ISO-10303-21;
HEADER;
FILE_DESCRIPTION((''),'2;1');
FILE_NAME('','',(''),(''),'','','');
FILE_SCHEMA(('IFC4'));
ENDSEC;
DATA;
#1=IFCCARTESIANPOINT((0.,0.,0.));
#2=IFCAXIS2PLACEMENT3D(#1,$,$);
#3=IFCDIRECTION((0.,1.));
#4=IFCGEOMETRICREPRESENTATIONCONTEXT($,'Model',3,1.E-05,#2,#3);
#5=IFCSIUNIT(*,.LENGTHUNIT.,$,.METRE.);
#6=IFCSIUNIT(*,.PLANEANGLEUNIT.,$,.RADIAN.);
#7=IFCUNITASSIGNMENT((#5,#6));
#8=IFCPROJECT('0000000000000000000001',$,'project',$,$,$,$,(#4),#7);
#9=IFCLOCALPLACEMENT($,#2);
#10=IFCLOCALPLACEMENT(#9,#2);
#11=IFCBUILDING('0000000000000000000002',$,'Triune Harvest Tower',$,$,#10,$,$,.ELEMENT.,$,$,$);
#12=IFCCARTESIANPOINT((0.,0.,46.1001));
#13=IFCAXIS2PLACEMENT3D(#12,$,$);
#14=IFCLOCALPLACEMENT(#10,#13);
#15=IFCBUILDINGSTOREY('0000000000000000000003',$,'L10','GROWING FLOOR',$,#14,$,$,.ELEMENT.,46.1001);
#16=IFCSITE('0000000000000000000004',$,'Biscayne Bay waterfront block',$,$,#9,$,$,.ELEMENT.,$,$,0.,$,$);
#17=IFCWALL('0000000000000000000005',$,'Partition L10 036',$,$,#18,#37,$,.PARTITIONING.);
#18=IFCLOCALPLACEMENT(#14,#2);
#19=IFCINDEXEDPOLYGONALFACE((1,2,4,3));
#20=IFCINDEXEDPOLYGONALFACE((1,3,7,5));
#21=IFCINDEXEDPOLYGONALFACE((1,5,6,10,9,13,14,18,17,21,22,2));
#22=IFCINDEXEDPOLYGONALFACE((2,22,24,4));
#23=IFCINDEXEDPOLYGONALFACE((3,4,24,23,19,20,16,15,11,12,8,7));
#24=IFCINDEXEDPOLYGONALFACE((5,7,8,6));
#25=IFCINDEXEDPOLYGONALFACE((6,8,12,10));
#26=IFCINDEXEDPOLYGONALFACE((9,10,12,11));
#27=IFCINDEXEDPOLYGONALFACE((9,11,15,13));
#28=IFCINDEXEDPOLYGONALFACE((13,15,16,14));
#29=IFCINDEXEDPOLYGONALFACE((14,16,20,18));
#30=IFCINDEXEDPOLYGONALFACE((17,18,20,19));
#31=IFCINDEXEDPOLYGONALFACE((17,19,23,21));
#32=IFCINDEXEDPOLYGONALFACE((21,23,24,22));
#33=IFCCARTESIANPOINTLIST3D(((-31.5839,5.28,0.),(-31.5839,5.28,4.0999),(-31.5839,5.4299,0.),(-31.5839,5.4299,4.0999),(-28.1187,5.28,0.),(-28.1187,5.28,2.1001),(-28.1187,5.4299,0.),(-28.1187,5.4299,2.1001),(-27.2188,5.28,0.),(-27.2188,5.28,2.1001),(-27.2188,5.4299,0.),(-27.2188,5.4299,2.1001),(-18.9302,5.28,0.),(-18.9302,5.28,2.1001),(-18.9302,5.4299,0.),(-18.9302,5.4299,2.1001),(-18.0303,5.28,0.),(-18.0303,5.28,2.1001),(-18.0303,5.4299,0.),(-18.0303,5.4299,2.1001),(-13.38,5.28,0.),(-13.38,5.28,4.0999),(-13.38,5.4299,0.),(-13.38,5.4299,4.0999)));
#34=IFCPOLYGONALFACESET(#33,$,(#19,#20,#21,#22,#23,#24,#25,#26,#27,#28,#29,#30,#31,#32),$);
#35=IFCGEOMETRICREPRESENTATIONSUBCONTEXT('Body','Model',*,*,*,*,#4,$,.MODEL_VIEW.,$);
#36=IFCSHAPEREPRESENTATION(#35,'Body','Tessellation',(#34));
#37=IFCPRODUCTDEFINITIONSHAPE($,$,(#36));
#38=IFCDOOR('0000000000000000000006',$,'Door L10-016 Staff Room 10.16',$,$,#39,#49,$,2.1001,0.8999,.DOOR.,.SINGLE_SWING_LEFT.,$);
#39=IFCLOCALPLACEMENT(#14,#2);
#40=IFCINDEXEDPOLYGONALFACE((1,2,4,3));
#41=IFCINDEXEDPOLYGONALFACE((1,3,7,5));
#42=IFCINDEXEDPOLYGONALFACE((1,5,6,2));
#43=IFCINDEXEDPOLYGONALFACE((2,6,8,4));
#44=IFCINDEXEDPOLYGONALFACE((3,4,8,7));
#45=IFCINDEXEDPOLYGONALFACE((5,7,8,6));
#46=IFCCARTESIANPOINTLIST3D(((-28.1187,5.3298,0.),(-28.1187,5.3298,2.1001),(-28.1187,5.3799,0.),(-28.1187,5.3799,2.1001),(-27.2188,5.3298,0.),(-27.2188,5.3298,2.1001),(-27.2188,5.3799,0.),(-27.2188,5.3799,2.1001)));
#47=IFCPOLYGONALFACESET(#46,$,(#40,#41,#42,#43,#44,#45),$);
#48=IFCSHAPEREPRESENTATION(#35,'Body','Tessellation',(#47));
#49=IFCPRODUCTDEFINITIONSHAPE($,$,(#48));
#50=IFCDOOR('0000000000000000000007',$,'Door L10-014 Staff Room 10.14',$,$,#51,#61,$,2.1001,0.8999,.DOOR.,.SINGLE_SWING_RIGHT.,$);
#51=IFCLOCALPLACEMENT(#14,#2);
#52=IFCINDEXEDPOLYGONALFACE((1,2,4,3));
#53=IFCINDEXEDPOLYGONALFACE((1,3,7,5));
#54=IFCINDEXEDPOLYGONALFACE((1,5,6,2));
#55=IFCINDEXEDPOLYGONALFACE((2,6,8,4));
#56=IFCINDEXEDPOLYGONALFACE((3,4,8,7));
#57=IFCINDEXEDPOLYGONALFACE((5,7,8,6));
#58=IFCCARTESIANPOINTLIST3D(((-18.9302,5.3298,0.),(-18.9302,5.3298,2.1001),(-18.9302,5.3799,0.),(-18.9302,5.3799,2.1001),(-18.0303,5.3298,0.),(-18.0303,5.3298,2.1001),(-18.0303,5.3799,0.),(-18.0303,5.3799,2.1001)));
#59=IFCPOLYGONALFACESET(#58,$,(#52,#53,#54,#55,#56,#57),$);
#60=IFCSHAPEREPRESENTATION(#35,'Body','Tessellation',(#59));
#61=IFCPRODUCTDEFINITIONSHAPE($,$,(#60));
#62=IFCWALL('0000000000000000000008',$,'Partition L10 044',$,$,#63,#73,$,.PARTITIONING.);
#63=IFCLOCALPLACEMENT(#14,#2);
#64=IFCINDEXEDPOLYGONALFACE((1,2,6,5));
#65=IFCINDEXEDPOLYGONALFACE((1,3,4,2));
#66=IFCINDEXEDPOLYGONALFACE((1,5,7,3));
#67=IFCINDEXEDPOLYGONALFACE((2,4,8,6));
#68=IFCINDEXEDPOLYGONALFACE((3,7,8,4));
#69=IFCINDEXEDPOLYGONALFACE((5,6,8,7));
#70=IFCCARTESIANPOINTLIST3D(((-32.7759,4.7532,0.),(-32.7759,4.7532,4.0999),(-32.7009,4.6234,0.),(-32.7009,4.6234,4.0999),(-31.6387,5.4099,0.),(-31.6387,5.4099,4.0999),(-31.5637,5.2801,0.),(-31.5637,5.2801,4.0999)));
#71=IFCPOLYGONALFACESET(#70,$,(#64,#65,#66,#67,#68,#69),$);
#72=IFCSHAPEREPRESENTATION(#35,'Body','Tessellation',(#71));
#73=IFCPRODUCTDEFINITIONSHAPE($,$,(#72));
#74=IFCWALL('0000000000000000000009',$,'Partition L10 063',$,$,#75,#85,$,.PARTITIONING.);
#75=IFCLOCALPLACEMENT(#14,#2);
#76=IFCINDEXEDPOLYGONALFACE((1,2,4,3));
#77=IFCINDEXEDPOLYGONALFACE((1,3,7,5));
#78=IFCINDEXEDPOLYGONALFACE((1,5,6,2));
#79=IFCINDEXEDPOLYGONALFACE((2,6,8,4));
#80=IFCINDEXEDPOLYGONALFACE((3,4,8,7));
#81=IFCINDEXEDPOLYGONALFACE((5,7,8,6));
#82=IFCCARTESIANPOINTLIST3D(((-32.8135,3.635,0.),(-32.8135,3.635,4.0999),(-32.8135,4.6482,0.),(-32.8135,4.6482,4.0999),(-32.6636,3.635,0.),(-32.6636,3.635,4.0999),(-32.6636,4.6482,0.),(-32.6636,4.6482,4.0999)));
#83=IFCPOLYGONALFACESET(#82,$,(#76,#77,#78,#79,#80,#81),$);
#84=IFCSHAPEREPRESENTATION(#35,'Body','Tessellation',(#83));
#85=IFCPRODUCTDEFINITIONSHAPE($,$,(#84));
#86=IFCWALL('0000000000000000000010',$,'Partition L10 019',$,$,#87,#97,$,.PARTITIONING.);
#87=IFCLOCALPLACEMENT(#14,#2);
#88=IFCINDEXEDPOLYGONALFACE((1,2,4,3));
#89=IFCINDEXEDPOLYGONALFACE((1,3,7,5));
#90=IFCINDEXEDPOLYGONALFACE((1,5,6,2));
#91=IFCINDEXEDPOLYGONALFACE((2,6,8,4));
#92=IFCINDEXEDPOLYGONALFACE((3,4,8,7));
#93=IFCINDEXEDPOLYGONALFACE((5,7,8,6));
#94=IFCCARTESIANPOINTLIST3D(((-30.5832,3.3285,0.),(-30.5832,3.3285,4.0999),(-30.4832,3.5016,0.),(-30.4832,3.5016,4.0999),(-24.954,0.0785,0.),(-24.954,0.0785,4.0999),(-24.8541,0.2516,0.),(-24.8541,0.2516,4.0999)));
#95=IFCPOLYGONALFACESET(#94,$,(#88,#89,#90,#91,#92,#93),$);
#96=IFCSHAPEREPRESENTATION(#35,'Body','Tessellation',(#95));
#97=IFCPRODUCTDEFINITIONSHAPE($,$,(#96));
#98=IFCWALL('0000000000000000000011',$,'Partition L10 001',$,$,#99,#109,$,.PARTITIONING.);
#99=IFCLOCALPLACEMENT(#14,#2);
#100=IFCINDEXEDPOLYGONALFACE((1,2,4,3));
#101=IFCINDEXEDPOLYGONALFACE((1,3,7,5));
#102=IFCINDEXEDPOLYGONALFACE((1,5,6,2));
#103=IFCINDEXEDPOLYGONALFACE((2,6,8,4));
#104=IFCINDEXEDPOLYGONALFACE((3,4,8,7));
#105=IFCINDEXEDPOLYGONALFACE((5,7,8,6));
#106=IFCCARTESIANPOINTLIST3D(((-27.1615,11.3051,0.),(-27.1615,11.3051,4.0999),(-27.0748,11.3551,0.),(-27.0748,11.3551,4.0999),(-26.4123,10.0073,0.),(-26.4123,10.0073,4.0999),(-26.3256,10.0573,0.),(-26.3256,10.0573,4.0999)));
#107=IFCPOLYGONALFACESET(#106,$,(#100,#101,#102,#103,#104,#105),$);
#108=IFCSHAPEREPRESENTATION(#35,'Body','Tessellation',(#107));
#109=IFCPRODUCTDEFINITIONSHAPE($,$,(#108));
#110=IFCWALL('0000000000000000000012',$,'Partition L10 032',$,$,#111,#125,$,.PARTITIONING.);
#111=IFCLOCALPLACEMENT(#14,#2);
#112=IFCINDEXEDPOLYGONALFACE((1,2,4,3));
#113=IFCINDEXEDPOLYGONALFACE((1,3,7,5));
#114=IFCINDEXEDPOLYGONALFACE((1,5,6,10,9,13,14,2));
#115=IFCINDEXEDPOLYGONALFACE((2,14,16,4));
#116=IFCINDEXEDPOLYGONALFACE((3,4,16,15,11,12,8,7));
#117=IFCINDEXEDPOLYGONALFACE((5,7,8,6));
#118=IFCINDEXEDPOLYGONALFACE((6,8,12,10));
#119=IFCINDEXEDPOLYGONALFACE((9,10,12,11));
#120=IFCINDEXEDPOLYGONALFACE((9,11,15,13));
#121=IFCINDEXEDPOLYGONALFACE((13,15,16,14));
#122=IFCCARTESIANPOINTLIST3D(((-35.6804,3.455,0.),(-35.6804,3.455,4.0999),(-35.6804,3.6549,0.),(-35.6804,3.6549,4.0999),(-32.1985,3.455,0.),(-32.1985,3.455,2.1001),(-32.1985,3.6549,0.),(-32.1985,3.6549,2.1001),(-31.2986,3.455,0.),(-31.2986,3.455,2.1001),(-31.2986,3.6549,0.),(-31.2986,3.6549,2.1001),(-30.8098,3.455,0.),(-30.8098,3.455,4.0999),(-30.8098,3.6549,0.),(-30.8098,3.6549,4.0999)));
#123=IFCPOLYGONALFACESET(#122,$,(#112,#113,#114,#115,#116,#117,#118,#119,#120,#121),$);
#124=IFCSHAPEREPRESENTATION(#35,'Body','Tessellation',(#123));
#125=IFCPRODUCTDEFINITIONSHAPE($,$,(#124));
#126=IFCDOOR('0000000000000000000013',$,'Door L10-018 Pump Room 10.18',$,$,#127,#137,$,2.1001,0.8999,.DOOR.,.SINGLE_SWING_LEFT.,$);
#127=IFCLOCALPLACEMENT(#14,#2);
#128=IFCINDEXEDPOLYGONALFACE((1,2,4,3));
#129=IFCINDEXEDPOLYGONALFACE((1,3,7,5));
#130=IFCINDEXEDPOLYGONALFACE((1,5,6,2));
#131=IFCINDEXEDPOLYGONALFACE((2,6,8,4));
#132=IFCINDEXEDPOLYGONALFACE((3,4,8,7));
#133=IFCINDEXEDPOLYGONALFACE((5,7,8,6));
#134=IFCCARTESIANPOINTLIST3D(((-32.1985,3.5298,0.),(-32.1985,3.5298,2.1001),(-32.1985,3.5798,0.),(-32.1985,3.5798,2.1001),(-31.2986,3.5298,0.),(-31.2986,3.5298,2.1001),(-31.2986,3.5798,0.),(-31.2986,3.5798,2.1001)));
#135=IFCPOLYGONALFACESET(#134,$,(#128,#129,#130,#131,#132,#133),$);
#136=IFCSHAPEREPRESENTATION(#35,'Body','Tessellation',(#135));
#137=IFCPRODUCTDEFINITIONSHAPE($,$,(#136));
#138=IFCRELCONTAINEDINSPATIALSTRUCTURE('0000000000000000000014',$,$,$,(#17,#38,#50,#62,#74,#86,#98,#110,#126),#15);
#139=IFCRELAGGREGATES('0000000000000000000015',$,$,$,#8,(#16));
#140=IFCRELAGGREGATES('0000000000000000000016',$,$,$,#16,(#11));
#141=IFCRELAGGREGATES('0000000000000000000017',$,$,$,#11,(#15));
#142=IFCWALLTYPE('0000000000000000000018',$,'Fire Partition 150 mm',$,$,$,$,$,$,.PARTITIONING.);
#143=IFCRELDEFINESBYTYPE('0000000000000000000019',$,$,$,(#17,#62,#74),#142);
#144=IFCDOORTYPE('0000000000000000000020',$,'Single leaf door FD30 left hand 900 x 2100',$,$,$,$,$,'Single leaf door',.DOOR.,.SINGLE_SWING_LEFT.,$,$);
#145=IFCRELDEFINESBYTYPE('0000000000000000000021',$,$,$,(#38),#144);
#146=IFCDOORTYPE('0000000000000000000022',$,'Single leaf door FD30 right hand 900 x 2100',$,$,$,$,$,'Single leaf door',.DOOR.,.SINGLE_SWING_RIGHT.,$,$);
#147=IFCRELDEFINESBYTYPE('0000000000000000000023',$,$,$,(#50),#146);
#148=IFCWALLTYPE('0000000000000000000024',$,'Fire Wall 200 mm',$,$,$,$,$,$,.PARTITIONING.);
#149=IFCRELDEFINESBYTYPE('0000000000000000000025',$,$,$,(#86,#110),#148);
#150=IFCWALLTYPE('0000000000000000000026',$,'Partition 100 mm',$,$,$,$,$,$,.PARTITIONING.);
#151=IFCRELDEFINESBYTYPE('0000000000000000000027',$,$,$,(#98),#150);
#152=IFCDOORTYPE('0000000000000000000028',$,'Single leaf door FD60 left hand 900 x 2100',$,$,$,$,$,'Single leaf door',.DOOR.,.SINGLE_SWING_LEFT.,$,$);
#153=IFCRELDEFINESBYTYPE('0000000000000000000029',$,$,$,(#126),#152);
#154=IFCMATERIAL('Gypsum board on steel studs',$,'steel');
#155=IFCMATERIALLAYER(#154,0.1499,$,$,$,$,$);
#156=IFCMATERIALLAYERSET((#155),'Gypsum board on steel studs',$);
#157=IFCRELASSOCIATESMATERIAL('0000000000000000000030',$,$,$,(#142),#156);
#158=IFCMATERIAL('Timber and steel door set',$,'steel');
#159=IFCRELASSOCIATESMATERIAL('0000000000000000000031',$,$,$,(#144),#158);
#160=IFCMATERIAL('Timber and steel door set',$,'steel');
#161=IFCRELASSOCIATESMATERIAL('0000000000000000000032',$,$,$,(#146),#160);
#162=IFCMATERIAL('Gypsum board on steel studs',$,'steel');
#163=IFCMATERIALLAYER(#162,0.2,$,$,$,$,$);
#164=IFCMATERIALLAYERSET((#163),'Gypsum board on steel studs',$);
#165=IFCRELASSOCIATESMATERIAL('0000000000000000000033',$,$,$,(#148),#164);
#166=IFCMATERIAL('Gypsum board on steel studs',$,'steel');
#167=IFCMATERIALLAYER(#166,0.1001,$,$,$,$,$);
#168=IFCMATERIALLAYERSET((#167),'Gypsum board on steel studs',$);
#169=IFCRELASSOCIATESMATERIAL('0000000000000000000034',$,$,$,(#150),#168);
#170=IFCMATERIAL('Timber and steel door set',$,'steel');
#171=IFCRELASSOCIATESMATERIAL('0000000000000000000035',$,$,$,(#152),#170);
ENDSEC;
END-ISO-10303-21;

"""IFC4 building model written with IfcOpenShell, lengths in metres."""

from ifc_helpers import new_model, si_unit, direction, frame, frame_2d, origin, place, context, subcontext, project, spatial, rectangle, extrude, source, transform, mapped, material, layer, layer_set, type_object, element, fill, save


model = new_model("IFC4")

# Units and contexts
model_context = context("Model", 3, precision=1e-05, world=origin(), true_north=direction((0.0, 1.0)))
body_context = subcontext(model_context, "Body", "Model", "MODEL_VIEW")
ifc_project = project(units=[si_unit("LENGTHUNIT", "METRE"), si_unit("PLANEANGLEUNIT", "RADIAN")], contexts=[model_context])

# Site, building, storey
site_placement = place(None, origin())
site = spatial("IfcSite", under=ifc_project, at=site_placement, Name="Biscayne Bay waterfront block", CompositionType="ELEMENT", RefElevation=0.0)
building_placement = place(site_placement, origin())
building = spatial("IfcBuilding", under=site, at=building_placement, Name="Triune Harvest Tower", CompositionType="ELEMENT")
storey_placement = place(building_placement, frame((0.0, 0.0, 46.1001)))
storey = spatial("IfcBuildingStorey", under=building, at=storey_placement, Name="L10", Description="GROWING FLOOR", CompositionType="ELEMENT", Elevation=46.1001)

# Wall, openings, doors
ifc_material_1 = material(Name="Gypsum board on steel studs", Category="steel")
ifc_layer_1 = layer(ifc_material_1, 0.1499)
ifc_layer_set_1 = layer_set([ifc_layer_1], Name="Gypsum board on steel studs")
wall_type_1 = type_object("IfcWallType", Name="Fire Partition 150 mm", PredefinedType="PARTITIONING", material=ifc_layer_set_1)
ifc_material_2 = material(Name="Timber and steel door set", Category="steel")
door_type_1 = type_object("IfcDoorType", Name="Single leaf door FD30 left hand 900 x 2100", ElementType="Single leaf door", OperationType="SINGLE_SWING_LEFT", PredefinedType="DOOR", material=ifc_material_2)
ifc_material_3 = material(Name="Timber and steel door set", Category="steel")
door_type_2 = type_object("IfcDoorType", Name="Single leaf door FD30 right hand 900 x 2100", ElementType="Single leaf door", OperationType="SINGLE_SWING_RIGHT", PredefinedType="DOOR", material=ifc_material_3)
wall_1_placement = place(storey_placement, frame((-31.584, 5.355, 0.0), z_axis=(0.0, 0.0, 1.0), x_axis=(1.0, 0.0, 0.0)))
wall_1 = element("IfcWall", 1, at=wall_1_placement, inside=storey, type_object=wall_type_1, Name="Partition L10 036", PredefinedType="PARTITIONING", context=body_context, shape_type="SweptSolid", body=[
    extrude(rectangle(XDim=18.2039, YDim=0.1499, at=frame_2d((9.1021, 0.0))), origin(), (0.0, 0.0, 1.0), 4.0999),
])
opening_1_placement = place(wall_1_placement, frame((12.6538, 0.0, 0.0)))
opening_1 = element("IfcOpeningElement", 2, at=opening_1_placement, cuts=wall_1, PredefinedType="OPENING", context=body_context, shape_type="SweptSolid", body=[
    extrude(rectangle(XDim=0.8999, YDim=2.1001, at=frame_2d((0.45, 1.05))), frame((0.0, 0.085, 0.0), z_axis=(0.0, -1.0, 0.0), x_axis=(1.0, 0.0, 0.0)), (0.0, 0.0, 1.0), 0.1699),
])
opening_2_placement = place(wall_1_placement, frame((3.4653, 0.0, 0.0)))
opening_2 = element("IfcOpeningElement", 3, at=opening_2_placement, cuts=wall_1, PredefinedType="OPENING", context=body_context, shape_type="SweptSolid", body=[
    extrude(rectangle(XDim=0.8999, YDim=2.1001, at=frame_2d((0.45, 1.05))), frame((0.0, 0.085, 0.0), z_axis=(0.0, -1.0, 0.0), x_axis=(1.0, 0.0, 0.0)), (0.0, 0.0, 1.0), 0.1699),
])
door_1_placement = place(opening_2_placement, origin())
door_1 = element("IfcDoor", 4, at=door_1_placement, inside=storey, type_object=door_type_1, Name="Door L10-016 Staff Room 10.16", OperationType="SINGLE_SWING_LEFT", OverallHeight=2.1001, OverallWidth=0.8999, PredefinedType="DOOR", context=body_context, shape_type="SweptSolid", body=[
    extrude(rectangle(XDim=0.8999, YDim=2.1001, at=frame_2d((0.45, 1.05))), frame((0.0, 0.0249, 0.0), z_axis=(0.0, -1.0, 0.0), x_axis=(1.0, 0.0, 0.0)), (0.0, 0.0, 1.0), 0.05),
])
fill(opening_2, door_1)
door_2_placement = place(opening_1_placement, origin())
door_2 = element("IfcDoor", 5, at=door_2_placement, inside=storey, type_object=door_type_2, Name="Door L10-014 Staff Room 10.14", OperationType="SINGLE_SWING_RIGHT", OverallHeight=2.1001, OverallWidth=0.8999, PredefinedType="DOOR", context=body_context, shape_type="SweptSolid", body=[
    extrude(rectangle(XDim=0.8999, YDim=2.1001, at=frame_2d((0.45, 1.05))), frame((0.0, 0.0249, 0.0), z_axis=(0.0, -1.0, 0.0), x_axis=(1.0, 0.0, 0.0)), (0.0, 0.0, 1.0), 0.05),
])
fill(opening_1, door_2)

# Walls
wall_2_placement = place(storey_placement, frame((-32.7385, 4.6882, 0.0), z_axis=(0.0, 0.0, 1.0), x_axis=(0.865969, 0.500098, 0.0)))
element("IfcWall", 6, at=wall_2_placement, inside=storey, type_object=wall_type_1, Name="Partition L10 044", PredefinedType="PARTITIONING", context=body_context, shape_type="SweptSolid", body=[
    extrude(rectangle(XDim=1.3132, YDim=0.1499, at=frame_2d((0.6567, 0.0))), origin(), (0.0, 0.0, 1.0), 4.0999),
])
wall_3_placement = place(storey_placement, frame((-32.7385, 3.635, 0.0), z_axis=(0.0, 0.0, 1.0), x_axis=(0.0, 1.0, 0.0)))
element("IfcWall", 7, at=wall_3_placement, inside=storey, type_object=wall_type_1, Name="Partition L10 063", PredefinedType="PARTITIONING", context=body_context, shape_type="SweptSolid", body=[
    extrude(rectangle(XDim=1.0132, YDim=0.1499, at=frame_2d((0.5066, 0.0))), origin(), (0.0, 0.0, 1.0), 4.0999),
])
ifc_material_4 = material(Name="Gypsum board on steel studs", Category="steel")
ifc_layer_2 = layer(ifc_material_4, 0.2)
ifc_layer_set_2 = layer_set([ifc_layer_2], Name="Gypsum board on steel studs")
wall_type_2 = type_object("IfcWallType", Name="Fire Wall 200 mm", PredefinedType="PARTITIONING", material=ifc_layer_set_2)
wall_4_placement = place(storey_placement, frame((-30.5332, 3.415, 0.0), z_axis=(0.0, 0.0, 1.0), x_axis=(0.866025, -0.500001, 0.0)))
element("IfcWall", 8, at=wall_4_placement, inside=storey, type_object=wall_type_2, Name="Partition L10 019", PredefinedType="PARTITIONING", context=body_context, shape_type="SweptSolid", body=[
    extrude(rectangle(XDim=6.5, YDim=0.2, at=frame_2d((3.25, 0.0))), origin(), (0.0, 0.0, 1.0), 4.0999),
])
ifc_material_5 = material(Name="Gypsum board on steel studs", Category="steel")
ifc_layer_3 = layer(ifc_material_5, 0.1001)
ifc_layer_set_3 = layer_set([ifc_layer_3], Name="Gypsum board on steel studs")
wall_type_3 = type_object("IfcWallType", Name="Partition 100 mm", PredefinedType="PARTITIONING", material=ifc_layer_set_3)
shared_shape_1 = source(origin(), body_context, "Body", "SweptSolid", [
    extrude(rectangle(XDim=1.4985, YDim=0.1001, at=frame_2d((0.7493, 0.0))), origin(), (0.0, 0.0, 1.0), 4.0999),
])
wall_5_placement = place(storey_placement, frame((-27.1182, 11.3301, 0.0), z_axis=(0.0, 0.0, 1.0), x_axis=(0.499976, -0.866039, 0.0)))
element("IfcWall", 9, at=wall_5_placement, inside=storey, type_object=wall_type_3, Name="Partition L10 001", PredefinedType="PARTITIONING", context=body_context, shape_type="MappedRepresentation", body=[
    mapped(shared_shape_1, transform((0.0, 0.0, 0.0), scale=1.0)),
])

# Wall, opening, door
shared_shape_2 = source(origin(), body_context, "Body", "SweptSolid", [
    extrude(rectangle(XDim=4.8706, YDim=0.2, at=frame_2d((2.4353, 0.0))), origin(), (0.0, 0.0, 1.0), 4.0999),
])
wall_6_placement = place(storey_placement, frame((-35.6804, 3.5549, 0.0), z_axis=(0.0, 0.0, 1.0), x_axis=(1.0, 0.0, 0.0)))
wall_6 = element("IfcWall", 10, at=wall_6_placement, inside=storey, type_object=wall_type_2, Name="Partition L10 032", PredefinedType="PARTITIONING", context=body_context, shape_type="MappedRepresentation", body=[
    mapped(shared_shape_2, transform((0.0, 0.0, 0.0), scale=1.0)),
])
opening_3_placement = place(wall_6_placement, frame((3.4819, 0.0, 0.0)))
opening_3 = element("IfcOpeningElement", 11, at=opening_3_placement, cuts=wall_6, PredefinedType="OPENING", context=body_context, shape_type="SweptSolid", body=[
    extrude(rectangle(XDim=0.8999, YDim=2.1001, at=frame_2d((0.45, 1.05))), frame((0.0, 0.1099, 0.0), z_axis=(0.0, -1.0, 0.0), x_axis=(1.0, 0.0, 0.0)), (0.0, 0.0, 1.0), 0.22),
])
ifc_material_6 = material(Name="Timber and steel door set", Category="steel")
door_type_3 = type_object("IfcDoorType", Name="Single leaf door FD60 left hand 900 x 2100", ElementType="Single leaf door", OperationType="SINGLE_SWING_LEFT", PredefinedType="DOOR", material=ifc_material_6)
door_3_placement = place(opening_3_placement, origin())
door_3 = element("IfcDoor", 12, at=door_3_placement, inside=storey, type_object=door_type_3, Name="Door L10-018 Pump Room 10.18", OperationType="SINGLE_SWING_LEFT", OverallHeight=2.1001, OverallWidth=0.8999, PredefinedType="DOOR", context=body_context, shape_type="SweptSolid", body=[
    extrude(rectangle(XDim=0.8999, YDim=2.1001, at=frame_2d((0.45, 1.05))), frame((0.0, 0.0249, 0.0), z_axis=(0.0, -1.0, 0.0), x_axis=(1.0, 0.0, 0.0)), (0.0, 0.0, 1.0), 0.05),
])
fill(opening_3, door_3)

save(model, "model.ifc")
